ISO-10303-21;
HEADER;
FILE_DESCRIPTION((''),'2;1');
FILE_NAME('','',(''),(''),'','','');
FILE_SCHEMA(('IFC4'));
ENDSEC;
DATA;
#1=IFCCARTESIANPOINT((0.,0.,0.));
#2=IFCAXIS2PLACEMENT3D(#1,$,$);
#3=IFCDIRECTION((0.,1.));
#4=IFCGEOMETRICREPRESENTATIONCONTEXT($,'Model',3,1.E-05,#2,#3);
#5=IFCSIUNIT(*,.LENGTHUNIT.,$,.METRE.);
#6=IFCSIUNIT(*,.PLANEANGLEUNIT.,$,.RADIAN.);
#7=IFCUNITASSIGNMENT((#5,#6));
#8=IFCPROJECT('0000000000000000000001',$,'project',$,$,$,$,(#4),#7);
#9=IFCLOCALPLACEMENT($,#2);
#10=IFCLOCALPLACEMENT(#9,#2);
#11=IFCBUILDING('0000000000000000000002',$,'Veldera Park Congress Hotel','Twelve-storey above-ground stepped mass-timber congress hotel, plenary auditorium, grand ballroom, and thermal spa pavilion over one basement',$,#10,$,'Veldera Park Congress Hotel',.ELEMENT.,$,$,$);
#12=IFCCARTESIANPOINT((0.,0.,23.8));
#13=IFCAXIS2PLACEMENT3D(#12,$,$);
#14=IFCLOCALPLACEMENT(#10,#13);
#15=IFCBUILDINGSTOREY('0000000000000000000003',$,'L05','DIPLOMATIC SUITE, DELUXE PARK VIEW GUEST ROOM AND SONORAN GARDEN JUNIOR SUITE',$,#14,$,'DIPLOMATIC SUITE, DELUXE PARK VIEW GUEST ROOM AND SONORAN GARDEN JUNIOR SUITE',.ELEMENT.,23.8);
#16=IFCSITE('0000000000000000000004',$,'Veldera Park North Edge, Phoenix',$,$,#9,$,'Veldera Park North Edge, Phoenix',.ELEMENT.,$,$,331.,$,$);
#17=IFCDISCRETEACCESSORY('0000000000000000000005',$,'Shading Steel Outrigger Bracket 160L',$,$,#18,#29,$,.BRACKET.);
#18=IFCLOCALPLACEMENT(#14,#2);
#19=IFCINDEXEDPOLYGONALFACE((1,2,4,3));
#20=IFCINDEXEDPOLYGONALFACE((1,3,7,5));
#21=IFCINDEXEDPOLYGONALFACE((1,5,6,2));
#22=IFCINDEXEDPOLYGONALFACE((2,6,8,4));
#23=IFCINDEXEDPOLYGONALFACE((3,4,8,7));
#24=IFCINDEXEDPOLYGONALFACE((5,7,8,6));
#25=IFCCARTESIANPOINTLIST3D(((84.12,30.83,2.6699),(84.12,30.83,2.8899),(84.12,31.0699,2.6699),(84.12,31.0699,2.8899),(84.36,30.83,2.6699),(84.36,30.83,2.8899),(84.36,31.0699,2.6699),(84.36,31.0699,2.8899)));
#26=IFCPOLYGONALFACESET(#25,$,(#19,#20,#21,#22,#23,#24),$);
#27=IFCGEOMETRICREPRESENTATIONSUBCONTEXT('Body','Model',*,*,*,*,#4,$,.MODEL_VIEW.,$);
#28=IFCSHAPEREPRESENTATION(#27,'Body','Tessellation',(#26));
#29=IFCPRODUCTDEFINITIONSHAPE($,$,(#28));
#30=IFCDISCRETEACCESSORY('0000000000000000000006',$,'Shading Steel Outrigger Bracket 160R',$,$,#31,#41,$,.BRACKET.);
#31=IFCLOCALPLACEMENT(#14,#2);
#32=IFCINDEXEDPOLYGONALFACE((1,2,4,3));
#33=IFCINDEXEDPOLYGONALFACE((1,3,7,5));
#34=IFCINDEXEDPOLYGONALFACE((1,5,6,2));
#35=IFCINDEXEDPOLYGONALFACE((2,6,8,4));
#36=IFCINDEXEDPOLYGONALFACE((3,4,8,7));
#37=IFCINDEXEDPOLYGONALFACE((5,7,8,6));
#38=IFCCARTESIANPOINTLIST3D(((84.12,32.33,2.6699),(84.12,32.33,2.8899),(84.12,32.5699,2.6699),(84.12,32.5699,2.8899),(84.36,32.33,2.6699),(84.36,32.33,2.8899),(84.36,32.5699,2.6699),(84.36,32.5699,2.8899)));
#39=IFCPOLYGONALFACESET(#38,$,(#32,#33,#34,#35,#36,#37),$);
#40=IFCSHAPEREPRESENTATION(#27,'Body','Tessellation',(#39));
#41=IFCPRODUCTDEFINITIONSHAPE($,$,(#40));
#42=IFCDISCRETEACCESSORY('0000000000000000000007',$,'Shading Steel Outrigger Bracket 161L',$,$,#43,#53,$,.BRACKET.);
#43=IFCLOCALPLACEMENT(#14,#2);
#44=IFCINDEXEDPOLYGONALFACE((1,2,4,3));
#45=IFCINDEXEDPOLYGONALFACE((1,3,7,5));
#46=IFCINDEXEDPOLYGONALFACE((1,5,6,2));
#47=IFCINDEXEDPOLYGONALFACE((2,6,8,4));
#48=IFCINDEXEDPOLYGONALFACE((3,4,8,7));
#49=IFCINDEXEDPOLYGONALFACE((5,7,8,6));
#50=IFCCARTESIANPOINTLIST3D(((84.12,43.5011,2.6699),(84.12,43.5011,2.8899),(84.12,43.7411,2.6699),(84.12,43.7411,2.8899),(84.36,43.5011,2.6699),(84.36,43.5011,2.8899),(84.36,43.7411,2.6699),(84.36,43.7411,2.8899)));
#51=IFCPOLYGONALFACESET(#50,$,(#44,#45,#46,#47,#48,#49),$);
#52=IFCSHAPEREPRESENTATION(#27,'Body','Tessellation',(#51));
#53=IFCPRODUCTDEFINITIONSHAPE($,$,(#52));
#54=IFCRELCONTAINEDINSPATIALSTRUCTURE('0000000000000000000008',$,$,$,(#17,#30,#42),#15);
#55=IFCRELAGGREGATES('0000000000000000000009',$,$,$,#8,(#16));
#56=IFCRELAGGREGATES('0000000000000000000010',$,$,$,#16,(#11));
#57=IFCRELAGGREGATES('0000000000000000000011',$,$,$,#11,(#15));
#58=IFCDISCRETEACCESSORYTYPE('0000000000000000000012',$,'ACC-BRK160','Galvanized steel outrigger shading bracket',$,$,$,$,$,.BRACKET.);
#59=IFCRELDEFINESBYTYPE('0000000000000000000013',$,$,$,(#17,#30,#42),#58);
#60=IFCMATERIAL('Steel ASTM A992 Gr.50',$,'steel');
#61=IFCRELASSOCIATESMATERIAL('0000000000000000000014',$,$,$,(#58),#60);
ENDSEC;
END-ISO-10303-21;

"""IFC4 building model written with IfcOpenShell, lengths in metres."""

from ifc_helpers import new_model, si_unit, direction, frame, origin, origin_2d, place, context, subcontext, project, spatial, rectangle, extrude, material, type_object, element, save


model = new_model("IFC4")

# Units and contexts
model_context = context("Model", 3, precision=1e-05, world=origin(), true_north=direction((0.0, 1.0)))
body_context = subcontext(model_context, "Body", "Model", "MODEL_VIEW")
ifc_project = project(units=[si_unit("LENGTHUNIT", "METRE"), si_unit("PLANEANGLEUNIT", "RADIAN")], contexts=[model_context])

# Site, building, storey
site_placement = place(None, origin())
site = spatial("IfcSite", under=ifc_project, at=site_placement, Name="Veldera Park North Edge, Phoenix", LongName="Veldera Park North Edge, Phoenix", CompositionType="ELEMENT", RefElevation=331.0)
building_placement = place(site_placement, origin())
building = spatial("IfcBuilding", under=site, at=building_placement, Name="Veldera Park Congress Hotel", Description="Twelve-storey above-ground stepped mass-timber congress hotel, plenary auditorium, grand ballroom, and thermal spa pavilion over one basement", LongName="Veldera Park Congress Hotel", CompositionType="ELEMENT")
storey_placement = place(building_placement, frame((0.0, 0.0, 23.8)))
storey = spatial("IfcBuildingStorey", under=building, at=storey_placement, Name="L05", Description="DIPLOMATIC SUITE, DELUXE PARK VIEW GUEST ROOM AND SONORAN GARDEN JUNIOR SUITE", LongName="DIPLOMATIC SUITE, DELUXE PARK VIEW GUEST ROOM AND SONORAN GARDEN JUNIOR SUITE", CompositionType="ELEMENT", Elevation=23.8)

# Shared definitions
ifc_material_1 = material(Name="Steel ASTM A992 Gr.50", Category="steel")

# Discrete accessories
discrete_accessory_type = type_object("IfcDiscreteAccessoryType", Name="ACC-BRK160", Description="Galvanized steel outrigger shading bracket", PredefinedType="BRACKET", material=ifc_material_1)
for number, where, z_axis, x_axis, name in (
    (1, (84.24, 30.95, 2.6699), (0.0, 0.0, 1.0), (0.0, 1.0, 0.0), "Shading Steel Outrigger Bracket 160L"),
    (2, (84.24, 32.45, 2.6699), (0.0, 0.0, 1.0), (0.0, 1.0, 0.0), "Shading Steel Outrigger Bracket 160R"),
    (3, (84.24, 43.6211, 2.6699), (0.0, 0.0, 1.0), (0.0, 1.0, 0.0), "Shading Steel Outrigger Bracket 161L"),
):
    element("IfcDiscreteAccessory", number, at=place(storey_placement, frame(where, z_axis=z_axis, x_axis=x_axis)), inside=storey, type_object=discrete_accessory_type, Name=name, PredefinedType="BRACKET", context=body_context, shape_type="SweptSolid", body=[
        extrude(rectangle(XDim=0.24, YDim=0.24, at=origin_2d()), origin(), (0.0, 0.0, 1.0), 0.22),
    ])

save(model, "model.ifc")
